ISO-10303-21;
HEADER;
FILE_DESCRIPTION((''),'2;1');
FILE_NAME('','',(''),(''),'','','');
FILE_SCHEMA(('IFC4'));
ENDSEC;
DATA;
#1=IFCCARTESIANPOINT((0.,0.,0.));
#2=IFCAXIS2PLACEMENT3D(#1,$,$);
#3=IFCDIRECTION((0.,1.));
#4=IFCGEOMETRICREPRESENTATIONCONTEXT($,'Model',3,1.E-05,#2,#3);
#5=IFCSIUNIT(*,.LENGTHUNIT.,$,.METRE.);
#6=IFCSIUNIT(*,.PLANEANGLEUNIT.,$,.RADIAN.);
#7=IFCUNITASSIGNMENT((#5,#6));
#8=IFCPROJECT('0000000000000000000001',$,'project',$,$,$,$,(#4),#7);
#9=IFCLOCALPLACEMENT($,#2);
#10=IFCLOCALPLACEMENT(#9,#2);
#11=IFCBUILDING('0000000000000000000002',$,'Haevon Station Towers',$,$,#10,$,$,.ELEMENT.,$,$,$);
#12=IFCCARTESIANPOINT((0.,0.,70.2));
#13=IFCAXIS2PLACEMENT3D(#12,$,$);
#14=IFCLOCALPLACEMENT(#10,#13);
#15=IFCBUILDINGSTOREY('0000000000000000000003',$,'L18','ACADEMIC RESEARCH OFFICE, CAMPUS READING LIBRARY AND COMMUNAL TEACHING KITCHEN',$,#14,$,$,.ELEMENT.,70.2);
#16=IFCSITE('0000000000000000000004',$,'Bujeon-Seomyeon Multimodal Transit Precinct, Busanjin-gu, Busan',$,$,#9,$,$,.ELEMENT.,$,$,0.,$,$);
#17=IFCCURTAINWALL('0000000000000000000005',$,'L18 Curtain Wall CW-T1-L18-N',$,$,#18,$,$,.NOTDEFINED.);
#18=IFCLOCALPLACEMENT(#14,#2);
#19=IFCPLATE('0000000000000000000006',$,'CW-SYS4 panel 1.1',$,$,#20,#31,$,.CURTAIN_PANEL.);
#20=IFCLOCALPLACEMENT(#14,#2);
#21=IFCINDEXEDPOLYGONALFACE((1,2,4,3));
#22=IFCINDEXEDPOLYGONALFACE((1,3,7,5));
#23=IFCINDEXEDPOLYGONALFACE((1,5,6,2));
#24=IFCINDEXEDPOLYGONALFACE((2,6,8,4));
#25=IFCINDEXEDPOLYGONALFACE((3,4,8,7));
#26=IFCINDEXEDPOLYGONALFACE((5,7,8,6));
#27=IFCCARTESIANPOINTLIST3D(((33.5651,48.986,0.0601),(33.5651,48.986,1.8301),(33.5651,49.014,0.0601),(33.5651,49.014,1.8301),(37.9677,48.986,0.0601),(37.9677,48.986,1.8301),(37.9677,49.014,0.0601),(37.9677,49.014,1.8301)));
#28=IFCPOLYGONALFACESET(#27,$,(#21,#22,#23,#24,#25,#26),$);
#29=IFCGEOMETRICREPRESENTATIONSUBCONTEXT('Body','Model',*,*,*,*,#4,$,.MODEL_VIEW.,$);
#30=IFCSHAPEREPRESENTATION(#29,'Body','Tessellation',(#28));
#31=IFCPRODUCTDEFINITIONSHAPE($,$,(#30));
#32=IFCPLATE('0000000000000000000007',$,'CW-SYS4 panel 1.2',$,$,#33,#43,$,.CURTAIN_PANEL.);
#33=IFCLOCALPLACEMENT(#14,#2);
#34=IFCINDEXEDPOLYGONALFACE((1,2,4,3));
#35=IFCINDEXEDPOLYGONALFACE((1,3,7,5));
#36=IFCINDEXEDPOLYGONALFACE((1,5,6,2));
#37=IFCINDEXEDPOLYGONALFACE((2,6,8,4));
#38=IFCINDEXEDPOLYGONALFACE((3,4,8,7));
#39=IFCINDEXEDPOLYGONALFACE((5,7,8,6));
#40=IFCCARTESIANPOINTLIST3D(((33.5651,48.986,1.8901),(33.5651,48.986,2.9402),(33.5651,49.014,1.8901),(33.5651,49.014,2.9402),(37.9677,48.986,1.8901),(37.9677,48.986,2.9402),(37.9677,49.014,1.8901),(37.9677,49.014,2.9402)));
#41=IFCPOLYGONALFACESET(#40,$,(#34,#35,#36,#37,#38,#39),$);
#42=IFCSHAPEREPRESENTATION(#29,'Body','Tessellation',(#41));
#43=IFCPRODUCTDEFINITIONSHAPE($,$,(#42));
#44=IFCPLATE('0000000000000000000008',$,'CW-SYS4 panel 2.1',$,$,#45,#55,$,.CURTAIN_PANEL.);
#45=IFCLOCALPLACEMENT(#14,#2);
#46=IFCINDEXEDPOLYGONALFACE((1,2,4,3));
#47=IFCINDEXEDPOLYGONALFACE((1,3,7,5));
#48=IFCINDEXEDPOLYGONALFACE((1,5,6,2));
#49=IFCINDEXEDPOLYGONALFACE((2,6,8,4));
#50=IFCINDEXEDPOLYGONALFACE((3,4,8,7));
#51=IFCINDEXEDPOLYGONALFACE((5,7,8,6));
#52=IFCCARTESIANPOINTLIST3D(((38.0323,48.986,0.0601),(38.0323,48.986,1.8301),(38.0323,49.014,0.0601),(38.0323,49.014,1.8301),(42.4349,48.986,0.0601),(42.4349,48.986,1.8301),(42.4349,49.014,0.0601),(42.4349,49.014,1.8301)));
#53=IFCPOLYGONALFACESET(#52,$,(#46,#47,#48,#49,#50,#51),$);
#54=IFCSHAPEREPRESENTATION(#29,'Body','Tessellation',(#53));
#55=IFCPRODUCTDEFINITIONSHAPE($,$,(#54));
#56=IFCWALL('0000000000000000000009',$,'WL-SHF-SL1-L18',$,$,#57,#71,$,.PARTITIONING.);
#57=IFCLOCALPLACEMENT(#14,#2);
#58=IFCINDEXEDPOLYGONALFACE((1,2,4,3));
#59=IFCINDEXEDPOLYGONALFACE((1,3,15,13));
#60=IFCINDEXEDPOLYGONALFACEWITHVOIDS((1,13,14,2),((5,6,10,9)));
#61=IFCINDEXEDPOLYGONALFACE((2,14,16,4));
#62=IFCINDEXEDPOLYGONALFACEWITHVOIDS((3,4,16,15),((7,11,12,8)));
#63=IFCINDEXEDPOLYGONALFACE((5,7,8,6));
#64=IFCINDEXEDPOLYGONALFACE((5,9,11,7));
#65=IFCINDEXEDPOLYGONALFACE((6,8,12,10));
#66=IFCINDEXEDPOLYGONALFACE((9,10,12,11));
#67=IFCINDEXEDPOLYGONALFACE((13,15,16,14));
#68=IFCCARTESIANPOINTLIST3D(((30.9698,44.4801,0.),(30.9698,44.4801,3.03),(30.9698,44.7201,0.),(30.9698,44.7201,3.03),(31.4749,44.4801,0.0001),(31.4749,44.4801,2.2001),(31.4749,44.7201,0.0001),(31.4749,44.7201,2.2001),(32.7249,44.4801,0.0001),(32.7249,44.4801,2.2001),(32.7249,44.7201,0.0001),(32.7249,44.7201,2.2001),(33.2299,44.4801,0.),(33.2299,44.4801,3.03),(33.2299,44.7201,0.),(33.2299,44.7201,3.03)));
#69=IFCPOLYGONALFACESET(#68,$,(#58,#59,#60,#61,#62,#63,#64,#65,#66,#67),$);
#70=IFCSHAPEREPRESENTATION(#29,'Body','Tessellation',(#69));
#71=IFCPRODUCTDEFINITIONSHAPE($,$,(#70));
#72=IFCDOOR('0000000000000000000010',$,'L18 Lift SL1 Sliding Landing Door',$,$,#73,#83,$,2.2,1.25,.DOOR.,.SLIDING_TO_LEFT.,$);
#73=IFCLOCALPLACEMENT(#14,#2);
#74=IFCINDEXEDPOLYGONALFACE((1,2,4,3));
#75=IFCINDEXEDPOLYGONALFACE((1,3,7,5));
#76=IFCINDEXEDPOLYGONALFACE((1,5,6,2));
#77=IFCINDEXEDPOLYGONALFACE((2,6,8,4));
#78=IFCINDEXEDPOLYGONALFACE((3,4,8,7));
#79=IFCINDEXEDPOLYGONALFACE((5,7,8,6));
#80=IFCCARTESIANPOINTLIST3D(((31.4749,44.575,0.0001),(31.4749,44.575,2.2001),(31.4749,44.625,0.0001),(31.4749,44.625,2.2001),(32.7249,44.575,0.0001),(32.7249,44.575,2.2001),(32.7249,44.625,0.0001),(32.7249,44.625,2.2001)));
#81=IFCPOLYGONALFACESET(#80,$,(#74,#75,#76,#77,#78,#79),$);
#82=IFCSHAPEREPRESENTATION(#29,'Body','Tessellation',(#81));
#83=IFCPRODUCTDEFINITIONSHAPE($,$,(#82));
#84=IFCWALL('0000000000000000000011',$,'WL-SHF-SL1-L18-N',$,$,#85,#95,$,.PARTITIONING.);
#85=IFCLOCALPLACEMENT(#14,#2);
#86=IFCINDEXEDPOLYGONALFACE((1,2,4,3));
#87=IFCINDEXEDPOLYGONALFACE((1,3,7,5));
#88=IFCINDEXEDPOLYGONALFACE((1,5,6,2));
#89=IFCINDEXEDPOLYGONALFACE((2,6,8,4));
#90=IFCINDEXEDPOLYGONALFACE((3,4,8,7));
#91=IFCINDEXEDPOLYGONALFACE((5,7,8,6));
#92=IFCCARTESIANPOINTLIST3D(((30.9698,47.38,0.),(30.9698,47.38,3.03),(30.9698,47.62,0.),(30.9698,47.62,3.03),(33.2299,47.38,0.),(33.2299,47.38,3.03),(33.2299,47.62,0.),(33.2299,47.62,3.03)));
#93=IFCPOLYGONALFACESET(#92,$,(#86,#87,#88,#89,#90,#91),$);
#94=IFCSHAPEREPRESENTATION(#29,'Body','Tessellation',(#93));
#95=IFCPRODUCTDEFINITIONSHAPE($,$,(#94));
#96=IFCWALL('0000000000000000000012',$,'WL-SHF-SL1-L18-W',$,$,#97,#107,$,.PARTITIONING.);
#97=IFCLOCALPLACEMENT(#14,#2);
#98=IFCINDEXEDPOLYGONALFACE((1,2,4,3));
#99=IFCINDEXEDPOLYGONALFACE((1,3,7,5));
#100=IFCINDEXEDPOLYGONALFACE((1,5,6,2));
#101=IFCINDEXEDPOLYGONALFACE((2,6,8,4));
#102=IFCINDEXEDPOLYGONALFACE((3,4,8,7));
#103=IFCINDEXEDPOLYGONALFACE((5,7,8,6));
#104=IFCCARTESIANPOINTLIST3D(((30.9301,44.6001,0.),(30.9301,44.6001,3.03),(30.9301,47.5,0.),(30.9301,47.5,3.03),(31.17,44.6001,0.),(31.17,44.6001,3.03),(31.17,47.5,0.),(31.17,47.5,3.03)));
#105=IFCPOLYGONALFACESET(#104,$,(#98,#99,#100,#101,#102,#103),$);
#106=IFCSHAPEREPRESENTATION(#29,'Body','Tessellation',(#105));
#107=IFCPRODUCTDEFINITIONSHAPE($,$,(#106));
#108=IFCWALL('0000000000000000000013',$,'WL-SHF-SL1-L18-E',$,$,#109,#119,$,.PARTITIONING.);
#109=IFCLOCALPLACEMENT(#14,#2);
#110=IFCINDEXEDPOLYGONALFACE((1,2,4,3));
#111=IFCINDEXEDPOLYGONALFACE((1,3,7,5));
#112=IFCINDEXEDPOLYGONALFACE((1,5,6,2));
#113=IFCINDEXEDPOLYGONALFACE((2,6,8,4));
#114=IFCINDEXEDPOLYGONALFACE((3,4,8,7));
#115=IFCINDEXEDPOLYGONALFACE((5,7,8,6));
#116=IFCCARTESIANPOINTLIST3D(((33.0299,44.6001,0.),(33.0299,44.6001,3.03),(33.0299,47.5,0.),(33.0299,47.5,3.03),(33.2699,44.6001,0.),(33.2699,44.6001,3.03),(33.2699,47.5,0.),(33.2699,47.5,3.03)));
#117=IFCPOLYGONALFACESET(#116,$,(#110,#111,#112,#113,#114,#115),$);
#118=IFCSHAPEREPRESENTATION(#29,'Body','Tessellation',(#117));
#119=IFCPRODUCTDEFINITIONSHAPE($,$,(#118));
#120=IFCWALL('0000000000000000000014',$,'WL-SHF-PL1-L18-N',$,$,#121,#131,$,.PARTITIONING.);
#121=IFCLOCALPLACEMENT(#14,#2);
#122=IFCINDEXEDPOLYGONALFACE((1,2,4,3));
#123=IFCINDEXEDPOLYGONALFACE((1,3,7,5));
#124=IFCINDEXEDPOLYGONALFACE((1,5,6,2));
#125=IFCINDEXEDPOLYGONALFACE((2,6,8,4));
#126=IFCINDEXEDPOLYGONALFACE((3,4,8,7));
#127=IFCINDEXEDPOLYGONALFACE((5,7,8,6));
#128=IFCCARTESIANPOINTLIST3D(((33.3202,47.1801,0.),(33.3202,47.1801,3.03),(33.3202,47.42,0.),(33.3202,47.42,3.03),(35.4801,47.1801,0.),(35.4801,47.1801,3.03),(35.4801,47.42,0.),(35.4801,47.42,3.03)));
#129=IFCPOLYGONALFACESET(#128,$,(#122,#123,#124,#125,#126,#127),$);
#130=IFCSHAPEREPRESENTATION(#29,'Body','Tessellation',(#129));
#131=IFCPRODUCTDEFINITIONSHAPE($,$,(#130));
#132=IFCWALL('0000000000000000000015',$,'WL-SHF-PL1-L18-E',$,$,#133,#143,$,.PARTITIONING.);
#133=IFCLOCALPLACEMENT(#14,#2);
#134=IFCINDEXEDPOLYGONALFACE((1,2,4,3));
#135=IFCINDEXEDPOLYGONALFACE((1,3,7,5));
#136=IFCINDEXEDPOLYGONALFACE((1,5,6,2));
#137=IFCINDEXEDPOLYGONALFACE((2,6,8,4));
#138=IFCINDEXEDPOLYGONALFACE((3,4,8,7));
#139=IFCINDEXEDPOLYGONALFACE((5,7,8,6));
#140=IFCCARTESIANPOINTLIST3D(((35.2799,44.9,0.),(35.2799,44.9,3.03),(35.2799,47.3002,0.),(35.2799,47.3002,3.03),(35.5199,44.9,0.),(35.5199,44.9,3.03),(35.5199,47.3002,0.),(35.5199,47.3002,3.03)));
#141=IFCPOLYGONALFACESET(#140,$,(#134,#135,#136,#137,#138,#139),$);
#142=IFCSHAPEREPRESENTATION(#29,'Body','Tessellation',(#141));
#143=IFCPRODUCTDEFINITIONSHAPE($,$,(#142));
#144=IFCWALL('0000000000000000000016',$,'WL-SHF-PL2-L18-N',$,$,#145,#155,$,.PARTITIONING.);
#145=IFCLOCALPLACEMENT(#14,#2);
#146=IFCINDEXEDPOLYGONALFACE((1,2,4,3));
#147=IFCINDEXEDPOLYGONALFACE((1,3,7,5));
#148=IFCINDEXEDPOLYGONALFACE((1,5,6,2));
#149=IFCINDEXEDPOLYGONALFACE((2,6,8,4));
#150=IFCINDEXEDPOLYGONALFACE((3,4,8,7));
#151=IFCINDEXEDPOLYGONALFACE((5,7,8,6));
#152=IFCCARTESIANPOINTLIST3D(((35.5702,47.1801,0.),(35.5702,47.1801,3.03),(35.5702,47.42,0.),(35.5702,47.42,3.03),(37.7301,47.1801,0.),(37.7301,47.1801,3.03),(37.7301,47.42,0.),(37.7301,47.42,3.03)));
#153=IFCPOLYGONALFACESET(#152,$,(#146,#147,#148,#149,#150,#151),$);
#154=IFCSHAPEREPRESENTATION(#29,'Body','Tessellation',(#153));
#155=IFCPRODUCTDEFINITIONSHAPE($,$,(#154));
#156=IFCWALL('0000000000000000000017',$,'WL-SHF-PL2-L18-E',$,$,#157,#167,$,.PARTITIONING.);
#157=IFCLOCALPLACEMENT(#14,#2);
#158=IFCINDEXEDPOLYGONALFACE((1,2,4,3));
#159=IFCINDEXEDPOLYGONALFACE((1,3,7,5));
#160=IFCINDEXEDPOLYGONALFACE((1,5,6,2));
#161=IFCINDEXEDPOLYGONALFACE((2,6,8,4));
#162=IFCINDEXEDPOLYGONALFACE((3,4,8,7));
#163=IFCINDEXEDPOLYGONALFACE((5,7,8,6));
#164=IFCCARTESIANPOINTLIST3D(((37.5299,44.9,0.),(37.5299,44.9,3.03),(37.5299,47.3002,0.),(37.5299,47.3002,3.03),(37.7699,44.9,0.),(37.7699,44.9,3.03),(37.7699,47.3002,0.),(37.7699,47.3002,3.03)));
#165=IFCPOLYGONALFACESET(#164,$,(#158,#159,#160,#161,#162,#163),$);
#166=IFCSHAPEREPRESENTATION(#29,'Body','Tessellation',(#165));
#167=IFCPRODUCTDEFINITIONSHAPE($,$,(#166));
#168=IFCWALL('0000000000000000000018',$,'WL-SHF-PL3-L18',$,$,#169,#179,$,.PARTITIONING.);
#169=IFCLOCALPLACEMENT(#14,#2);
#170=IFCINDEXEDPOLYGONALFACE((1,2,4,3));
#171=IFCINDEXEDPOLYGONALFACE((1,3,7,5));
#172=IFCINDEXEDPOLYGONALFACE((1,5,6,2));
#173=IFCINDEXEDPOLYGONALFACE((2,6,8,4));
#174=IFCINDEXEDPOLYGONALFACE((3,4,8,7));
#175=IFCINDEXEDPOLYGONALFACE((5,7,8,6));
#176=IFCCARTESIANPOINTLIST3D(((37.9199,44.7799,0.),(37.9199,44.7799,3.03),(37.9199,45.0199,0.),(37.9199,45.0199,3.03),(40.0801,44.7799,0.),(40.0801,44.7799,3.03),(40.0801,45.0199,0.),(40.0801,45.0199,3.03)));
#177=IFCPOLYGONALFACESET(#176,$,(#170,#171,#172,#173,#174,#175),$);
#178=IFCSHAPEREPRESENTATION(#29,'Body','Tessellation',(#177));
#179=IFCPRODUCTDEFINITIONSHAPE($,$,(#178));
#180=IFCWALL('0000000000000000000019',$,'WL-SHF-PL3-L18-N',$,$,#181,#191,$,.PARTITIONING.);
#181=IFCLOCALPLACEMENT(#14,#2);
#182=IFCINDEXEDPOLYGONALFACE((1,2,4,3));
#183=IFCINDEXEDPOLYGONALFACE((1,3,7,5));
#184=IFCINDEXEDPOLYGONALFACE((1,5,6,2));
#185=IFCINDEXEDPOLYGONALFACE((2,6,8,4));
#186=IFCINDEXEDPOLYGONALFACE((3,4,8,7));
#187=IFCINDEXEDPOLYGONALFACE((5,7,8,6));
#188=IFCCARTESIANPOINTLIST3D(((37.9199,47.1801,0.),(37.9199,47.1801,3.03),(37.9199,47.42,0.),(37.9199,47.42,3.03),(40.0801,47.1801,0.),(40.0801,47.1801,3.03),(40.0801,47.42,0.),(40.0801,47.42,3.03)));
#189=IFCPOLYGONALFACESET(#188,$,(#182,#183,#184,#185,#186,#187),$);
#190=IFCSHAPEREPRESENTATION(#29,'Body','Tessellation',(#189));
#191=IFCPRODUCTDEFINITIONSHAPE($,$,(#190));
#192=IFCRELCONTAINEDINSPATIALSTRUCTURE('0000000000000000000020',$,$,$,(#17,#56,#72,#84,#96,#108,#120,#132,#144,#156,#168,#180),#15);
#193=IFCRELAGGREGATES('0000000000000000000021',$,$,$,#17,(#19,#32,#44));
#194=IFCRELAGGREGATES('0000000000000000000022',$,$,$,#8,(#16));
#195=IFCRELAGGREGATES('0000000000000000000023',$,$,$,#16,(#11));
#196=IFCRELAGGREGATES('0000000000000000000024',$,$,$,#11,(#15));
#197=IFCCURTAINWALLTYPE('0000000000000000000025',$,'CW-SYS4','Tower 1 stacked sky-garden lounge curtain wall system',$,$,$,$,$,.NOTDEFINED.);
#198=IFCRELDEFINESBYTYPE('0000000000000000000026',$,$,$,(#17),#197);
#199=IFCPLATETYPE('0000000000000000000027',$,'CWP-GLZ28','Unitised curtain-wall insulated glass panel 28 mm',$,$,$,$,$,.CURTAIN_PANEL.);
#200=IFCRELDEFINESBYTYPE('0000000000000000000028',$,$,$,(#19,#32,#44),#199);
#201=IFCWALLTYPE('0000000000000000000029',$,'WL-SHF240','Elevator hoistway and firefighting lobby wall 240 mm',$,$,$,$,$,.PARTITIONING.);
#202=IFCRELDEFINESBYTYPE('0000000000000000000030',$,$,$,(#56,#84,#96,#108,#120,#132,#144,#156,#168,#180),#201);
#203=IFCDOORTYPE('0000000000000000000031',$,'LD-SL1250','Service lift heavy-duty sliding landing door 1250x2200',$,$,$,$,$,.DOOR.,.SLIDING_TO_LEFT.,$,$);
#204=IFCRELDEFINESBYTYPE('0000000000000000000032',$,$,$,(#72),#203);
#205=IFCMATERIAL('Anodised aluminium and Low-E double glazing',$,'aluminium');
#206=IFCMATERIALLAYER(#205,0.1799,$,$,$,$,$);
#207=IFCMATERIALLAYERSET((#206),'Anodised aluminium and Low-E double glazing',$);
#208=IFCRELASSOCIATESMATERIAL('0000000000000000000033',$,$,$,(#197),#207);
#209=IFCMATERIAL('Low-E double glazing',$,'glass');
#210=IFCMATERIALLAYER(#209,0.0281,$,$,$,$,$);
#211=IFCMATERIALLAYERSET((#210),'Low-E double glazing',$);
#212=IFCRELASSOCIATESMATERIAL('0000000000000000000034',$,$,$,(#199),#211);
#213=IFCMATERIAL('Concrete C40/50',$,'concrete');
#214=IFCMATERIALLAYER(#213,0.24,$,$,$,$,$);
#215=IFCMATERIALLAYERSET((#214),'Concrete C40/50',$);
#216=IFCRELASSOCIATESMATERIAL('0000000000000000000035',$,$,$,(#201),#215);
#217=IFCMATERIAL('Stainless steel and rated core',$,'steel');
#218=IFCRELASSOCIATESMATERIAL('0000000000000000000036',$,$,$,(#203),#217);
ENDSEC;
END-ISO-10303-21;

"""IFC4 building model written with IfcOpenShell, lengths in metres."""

from ifc_helpers import new_model, si_unit, direction, frame, frame_2d, origin, origin_2d, place, context, subcontext, project, spatial, rectangle, extrude, material, layer, layer_set, type_object, element, fill, aggregate, save


model = new_model("IFC4")

# Units and contexts
model_context = context("Model", 3, precision=1e-05, world=origin(), true_north=direction((0.0, 1.0)))
body_context = subcontext(model_context, "Body", "Model", "MODEL_VIEW")
ifc_project = project(units=[si_unit("LENGTHUNIT", "METRE"), si_unit("PLANEANGLEUNIT", "RADIAN")], contexts=[model_context])

# Site, building, storey
site_placement = place(None, origin())
site = spatial("IfcSite", under=ifc_project, at=site_placement, Name="Bujeon-Seomyeon Multimodal Transit Precinct, Busanjin-gu, Busan", CompositionType="ELEMENT", RefElevation=0.0)
building_placement = place(site_placement, origin())
building = spatial("IfcBuilding", under=site, at=building_placement, Name="Haevon Station Towers", CompositionType="ELEMENT")
storey_placement = place(building_placement, frame((0.0, 0.0, 70.2)))
storey = spatial("IfcBuildingStorey", under=building, at=storey_placement, Name="L18", Description="ACADEMIC RESEARCH OFFICE, CAMPUS READING LIBRARY AND COMMUNAL TEACHING KITCHEN", CompositionType="ELEMENT", Elevation=70.2)

# Curtain wall, plates
ifc_material_1 = material(Name="Anodised aluminium and Low-E double glazing", Category="aluminium")
ifc_layer_1 = layer(ifc_material_1, 0.1799)
ifc_layer_set_1 = layer_set([ifc_layer_1], Name="Anodised aluminium and Low-E double glazing")
curtain_wall_type = type_object("IfcCurtainWallType", Name="CW-SYS4", Description="Tower 1 stacked sky-garden lounge curtain wall system", PredefinedType="NOTDEFINED", material=ifc_layer_set_1)
curtain_wall_placement = place(storey_placement, origin())
curtain_wall = element("IfcCurtainWall", 1, at=curtain_wall_placement, inside=storey, type_object=curtain_wall_type, Name="L18 Curtain Wall CW-T1-L18-N", PredefinedType="NOTDEFINED")
ifc_material_2 = material(Name="Low-E double glazing", Category="glass")
ifc_layer_2 = layer(ifc_material_2, 0.0281)
ifc_layer_set_2 = layer_set([ifc_layer_2], Name="Low-E double glazing")
plate_type = type_object("IfcPlateType", Name="CWP-GLZ28", Description="Unitised curtain-wall insulated glass panel 28 mm", PredefinedType="CURTAIN_PANEL", material=ifc_layer_set_2)
plate_1_placement = place(storey_placement, frame((35.7664, 49.0, 0.0601), z_axis=(0.0, 0.0, 1.0), x_axis=(1.0, 0.0, 0.0)))
plate_1 = element("IfcPlate", 2, at=plate_1_placement, type_object=plate_type, Name="CW-SYS4 panel 1.1", PredefinedType="CURTAIN_PANEL", context=body_context, shape_type="SweptSolid", body=[
    extrude(rectangle(XDim=4.4026, YDim=0.0281, at=origin_2d()), origin(), (0.0, 0.0, 1.0), 1.77),
])
plate_2_placement = place(storey_placement, frame((35.7664, 49.0, 1.8901), z_axis=(0.0, 0.0, 1.0), x_axis=(1.0, 0.0, 0.0)))
plate_2 = element("IfcPlate", 3, at=plate_2_placement, type_object=plate_type, Name="CW-SYS4 panel 1.2", PredefinedType="CURTAIN_PANEL", context=body_context, shape_type="SweptSolid", body=[
    extrude(rectangle(XDim=4.4026, YDim=0.0281, at=origin_2d()), origin(), (0.0, 0.0, 1.0), 1.05),
])
plate_3_placement = place(storey_placement, frame((40.2336, 49.0, 0.0601), z_axis=(0.0, 0.0, 1.0), x_axis=(1.0, 0.0, 0.0)))
plate_3 = element("IfcPlate", 4, at=plate_3_placement, type_object=plate_type, Name="CW-SYS4 panel 2.1", PredefinedType="CURTAIN_PANEL", context=body_context, shape_type="SweptSolid", body=[
    extrude(rectangle(XDim=4.4026, YDim=0.0281, at=origin_2d()), origin(), (0.0, 0.0, 1.0), 1.77),
])
aggregate(curtain_wall, [plate_1, plate_2, plate_3])

# Wall, opening, door
ifc_material_3 = material(Name="Concrete C40/50", Category="concrete")
ifc_layer_3 = layer(ifc_material_3, 0.24)
ifc_layer_set_3 = layer_set([ifc_layer_3], Name="Concrete C40/50")
wall_type = type_object("IfcWallType", Name="WL-SHF240", Description="Elevator hoistway and firefighting lobby wall 240 mm", PredefinedType="PARTITIONING", material=ifc_layer_set_3)
wall_1_placement = place(storey_placement, frame((30.97, 44.6001, 0.0), z_axis=(0.0, 0.0, 1.0), x_axis=(1.0, 0.0, 0.0)))
wall_1 = element("IfcWall", 5, at=wall_1_placement, inside=storey, type_object=wall_type, Name="WL-SHF-SL1-L18", PredefinedType="PARTITIONING", context=body_context, shape_type="SweptSolid", body=[
    extrude(rectangle(XDim=2.26, YDim=0.24, at=frame_2d((1.1299, 0.0))), origin(), (0.0, 0.0, 1.0), 3.03),
])
opening_1_placement = place(wall_1_placement, frame((0.5049, 0.0, 0.0)))
opening_1 = element("IfcOpeningElement", 6, at=opening_1_placement, cuts=wall_1, PredefinedType="OPENING", context=body_context, shape_type="SweptSolid", body=[
    extrude(rectangle(XDim=1.25, YDim=2.2, at=frame_2d((0.625, 1.1001))), frame((0.0, 0.1299, 0.0), z_axis=(0.0, -1.0, 0.0), x_axis=(1.0, 0.0, 0.0)), (0.0, 0.0, 1.0), 0.26),
])
ifc_material_4 = material(Name="Stainless steel and rated core", Category="steel")
door_type_1 = type_object("IfcDoorType", Name="LD-SL1250", Description="Service lift heavy-duty sliding landing door 1250x2200", OperationType="SLIDING_TO_LEFT", PredefinedType="DOOR", material=ifc_material_4)
door_1_placement = place(opening_1_placement, origin())
door_1 = element("IfcDoor", 7, at=door_1_placement, inside=storey, type_object=door_type_1, Name="L18 Lift SL1 Sliding Landing Door", OperationType="SLIDING_TO_LEFT", OverallHeight=2.2, OverallWidth=1.25, PredefinedType="DOOR", context=body_context, shape_type="SweptSolid", body=[
    extrude(rectangle(XDim=1.25, YDim=2.2, at=frame_2d((0.625, 1.1001))), frame((0.0, 0.0249, 0.0), z_axis=(0.0, -1.0, 0.0), x_axis=(1.0, 0.0, 0.0)), (0.0, 0.0, 1.0), 0.05),
])
fill(opening_1, door_1)

# Walls
wall_2_placement = place(storey_placement, frame((30.97, 47.5, 0.0), z_axis=(0.0, 0.0, 1.0), x_axis=(1.0, 0.0, 0.0)))
element("IfcWall", 8, at=wall_2_placement, inside=storey, type_object=wall_type, Name="WL-SHF-SL1-L18-N", PredefinedType="PARTITIONING", context=body_context, shape_type="SweptSolid", body=[
    extrude(rectangle(XDim=2.26, YDim=0.24, at=frame_2d((1.1299, 0.0))), origin(), (0.0, 0.0, 1.0), 3.03),
])
for number, where, z_axis, x_axis, name in (
    (9, (31.05, 44.6001, 0.0), (0.0, 0.0, 1.0), (0.0, 1.0, 0.0), "WL-SHF-SL1-L18-W"),
    (10, (33.1499, 44.6001, 0.0), (0.0, 0.0, 1.0), (0.0, 1.0, 0.0), "WL-SHF-SL1-L18-E"),
):
    element("IfcWall", number, at=place(storey_placement, frame(where, z_axis=z_axis, x_axis=x_axis)), inside=storey, type_object=wall_type, Name=name, PredefinedType="PARTITIONING", context=body_context, shape_type="SweptSolid", body=[
        extrude(rectangle(XDim=2.8999, YDim=0.24, at=frame_2d((1.45, 0.0))), origin(), (0.0, 0.0, 1.0), 3.03),
    ])

# Walls
wall_3_placement = place(storey_placement, frame((33.3201, 47.3, 0.0), z_axis=(0.0, 0.0, 1.0), x_axis=(1.0, 0.0, 0.0)))
element("IfcWall", 11, at=wall_3_placement, inside=storey, type_object=wall_type, Name="WL-SHF-PL1-L18-N", PredefinedType="PARTITIONING", context=body_context, shape_type="SweptSolid", body=[
    extrude(rectangle(XDim=2.1599, YDim=0.24, at=frame_2d((1.0801, 0.0))), origin(), (0.0, 0.0, 1.0), 3.03),
])
wall_4_placement = place(storey_placement, frame((35.3999, 44.8999, 0.0), z_axis=(0.0, 0.0, 1.0), x_axis=(0.0, 1.0, 0.0)))
element("IfcWall", 12, at=wall_4_placement, inside=storey, type_object=wall_type, Name="WL-SHF-PL1-L18-E", PredefinedType="PARTITIONING", context=body_context, shape_type="SweptSolid", body=[
    extrude(rectangle(XDim=2.4001, YDim=0.24, at=frame_2d((1.2002, 0.0))), origin(), (0.0, 0.0, 1.0), 3.03),
])

# Walls
wall_5_placement = place(storey_placement, frame((35.5701, 47.3, 0.0), z_axis=(0.0, 0.0, 1.0), x_axis=(1.0, 0.0, 0.0)))
element("IfcWall", 13, at=wall_5_placement, inside=storey, type_object=wall_type, Name="WL-SHF-PL2-L18-N", PredefinedType="PARTITIONING", context=body_context, shape_type="SweptSolid", body=[
    extrude(rectangle(XDim=2.1599, YDim=0.24, at=frame_2d((1.0801, 0.0))), origin(), (0.0, 0.0, 1.0), 3.03),
])
wall_6_placement = place(storey_placement, frame((37.6499, 44.8999, 0.0), z_axis=(0.0, 0.0, 1.0), x_axis=(0.0, 1.0, 0.0)))
element("IfcWall", 14, at=wall_6_placement, inside=storey, type_object=wall_type, Name="WL-SHF-PL2-L18-E", PredefinedType="PARTITIONING", context=body_context, shape_type="SweptSolid", body=[
    extrude(rectangle(XDim=2.4001, YDim=0.24, at=frame_2d((1.2002, 0.0))), origin(), (0.0, 0.0, 1.0), 3.03),
])
for number, where, z_axis, x_axis, name in (
    (15, (37.9199, 44.8999, 0.0), (0.0, 0.0, 1.0), (1.0, 0.0, 0.0), "WL-SHF-PL3-L18"),
    (16, (37.9199, 47.3, 0.0), (0.0, 0.0, 1.0), (1.0, 0.0, 0.0), "WL-SHF-PL3-L18-N"),
):
    element("IfcWall", number, at=place(storey_placement, frame(where, z_axis=z_axis, x_axis=x_axis)), inside=storey, type_object=wall_type, Name=name, PredefinedType="PARTITIONING", context=body_context, shape_type="SweptSolid", body=[
        extrude(rectangle(XDim=2.1602, YDim=0.24, at=frame_2d((1.0801, 0.0))), origin(), (0.0, 0.0, 1.0), 3.03),
    ])

save(model, "model.ifc")
